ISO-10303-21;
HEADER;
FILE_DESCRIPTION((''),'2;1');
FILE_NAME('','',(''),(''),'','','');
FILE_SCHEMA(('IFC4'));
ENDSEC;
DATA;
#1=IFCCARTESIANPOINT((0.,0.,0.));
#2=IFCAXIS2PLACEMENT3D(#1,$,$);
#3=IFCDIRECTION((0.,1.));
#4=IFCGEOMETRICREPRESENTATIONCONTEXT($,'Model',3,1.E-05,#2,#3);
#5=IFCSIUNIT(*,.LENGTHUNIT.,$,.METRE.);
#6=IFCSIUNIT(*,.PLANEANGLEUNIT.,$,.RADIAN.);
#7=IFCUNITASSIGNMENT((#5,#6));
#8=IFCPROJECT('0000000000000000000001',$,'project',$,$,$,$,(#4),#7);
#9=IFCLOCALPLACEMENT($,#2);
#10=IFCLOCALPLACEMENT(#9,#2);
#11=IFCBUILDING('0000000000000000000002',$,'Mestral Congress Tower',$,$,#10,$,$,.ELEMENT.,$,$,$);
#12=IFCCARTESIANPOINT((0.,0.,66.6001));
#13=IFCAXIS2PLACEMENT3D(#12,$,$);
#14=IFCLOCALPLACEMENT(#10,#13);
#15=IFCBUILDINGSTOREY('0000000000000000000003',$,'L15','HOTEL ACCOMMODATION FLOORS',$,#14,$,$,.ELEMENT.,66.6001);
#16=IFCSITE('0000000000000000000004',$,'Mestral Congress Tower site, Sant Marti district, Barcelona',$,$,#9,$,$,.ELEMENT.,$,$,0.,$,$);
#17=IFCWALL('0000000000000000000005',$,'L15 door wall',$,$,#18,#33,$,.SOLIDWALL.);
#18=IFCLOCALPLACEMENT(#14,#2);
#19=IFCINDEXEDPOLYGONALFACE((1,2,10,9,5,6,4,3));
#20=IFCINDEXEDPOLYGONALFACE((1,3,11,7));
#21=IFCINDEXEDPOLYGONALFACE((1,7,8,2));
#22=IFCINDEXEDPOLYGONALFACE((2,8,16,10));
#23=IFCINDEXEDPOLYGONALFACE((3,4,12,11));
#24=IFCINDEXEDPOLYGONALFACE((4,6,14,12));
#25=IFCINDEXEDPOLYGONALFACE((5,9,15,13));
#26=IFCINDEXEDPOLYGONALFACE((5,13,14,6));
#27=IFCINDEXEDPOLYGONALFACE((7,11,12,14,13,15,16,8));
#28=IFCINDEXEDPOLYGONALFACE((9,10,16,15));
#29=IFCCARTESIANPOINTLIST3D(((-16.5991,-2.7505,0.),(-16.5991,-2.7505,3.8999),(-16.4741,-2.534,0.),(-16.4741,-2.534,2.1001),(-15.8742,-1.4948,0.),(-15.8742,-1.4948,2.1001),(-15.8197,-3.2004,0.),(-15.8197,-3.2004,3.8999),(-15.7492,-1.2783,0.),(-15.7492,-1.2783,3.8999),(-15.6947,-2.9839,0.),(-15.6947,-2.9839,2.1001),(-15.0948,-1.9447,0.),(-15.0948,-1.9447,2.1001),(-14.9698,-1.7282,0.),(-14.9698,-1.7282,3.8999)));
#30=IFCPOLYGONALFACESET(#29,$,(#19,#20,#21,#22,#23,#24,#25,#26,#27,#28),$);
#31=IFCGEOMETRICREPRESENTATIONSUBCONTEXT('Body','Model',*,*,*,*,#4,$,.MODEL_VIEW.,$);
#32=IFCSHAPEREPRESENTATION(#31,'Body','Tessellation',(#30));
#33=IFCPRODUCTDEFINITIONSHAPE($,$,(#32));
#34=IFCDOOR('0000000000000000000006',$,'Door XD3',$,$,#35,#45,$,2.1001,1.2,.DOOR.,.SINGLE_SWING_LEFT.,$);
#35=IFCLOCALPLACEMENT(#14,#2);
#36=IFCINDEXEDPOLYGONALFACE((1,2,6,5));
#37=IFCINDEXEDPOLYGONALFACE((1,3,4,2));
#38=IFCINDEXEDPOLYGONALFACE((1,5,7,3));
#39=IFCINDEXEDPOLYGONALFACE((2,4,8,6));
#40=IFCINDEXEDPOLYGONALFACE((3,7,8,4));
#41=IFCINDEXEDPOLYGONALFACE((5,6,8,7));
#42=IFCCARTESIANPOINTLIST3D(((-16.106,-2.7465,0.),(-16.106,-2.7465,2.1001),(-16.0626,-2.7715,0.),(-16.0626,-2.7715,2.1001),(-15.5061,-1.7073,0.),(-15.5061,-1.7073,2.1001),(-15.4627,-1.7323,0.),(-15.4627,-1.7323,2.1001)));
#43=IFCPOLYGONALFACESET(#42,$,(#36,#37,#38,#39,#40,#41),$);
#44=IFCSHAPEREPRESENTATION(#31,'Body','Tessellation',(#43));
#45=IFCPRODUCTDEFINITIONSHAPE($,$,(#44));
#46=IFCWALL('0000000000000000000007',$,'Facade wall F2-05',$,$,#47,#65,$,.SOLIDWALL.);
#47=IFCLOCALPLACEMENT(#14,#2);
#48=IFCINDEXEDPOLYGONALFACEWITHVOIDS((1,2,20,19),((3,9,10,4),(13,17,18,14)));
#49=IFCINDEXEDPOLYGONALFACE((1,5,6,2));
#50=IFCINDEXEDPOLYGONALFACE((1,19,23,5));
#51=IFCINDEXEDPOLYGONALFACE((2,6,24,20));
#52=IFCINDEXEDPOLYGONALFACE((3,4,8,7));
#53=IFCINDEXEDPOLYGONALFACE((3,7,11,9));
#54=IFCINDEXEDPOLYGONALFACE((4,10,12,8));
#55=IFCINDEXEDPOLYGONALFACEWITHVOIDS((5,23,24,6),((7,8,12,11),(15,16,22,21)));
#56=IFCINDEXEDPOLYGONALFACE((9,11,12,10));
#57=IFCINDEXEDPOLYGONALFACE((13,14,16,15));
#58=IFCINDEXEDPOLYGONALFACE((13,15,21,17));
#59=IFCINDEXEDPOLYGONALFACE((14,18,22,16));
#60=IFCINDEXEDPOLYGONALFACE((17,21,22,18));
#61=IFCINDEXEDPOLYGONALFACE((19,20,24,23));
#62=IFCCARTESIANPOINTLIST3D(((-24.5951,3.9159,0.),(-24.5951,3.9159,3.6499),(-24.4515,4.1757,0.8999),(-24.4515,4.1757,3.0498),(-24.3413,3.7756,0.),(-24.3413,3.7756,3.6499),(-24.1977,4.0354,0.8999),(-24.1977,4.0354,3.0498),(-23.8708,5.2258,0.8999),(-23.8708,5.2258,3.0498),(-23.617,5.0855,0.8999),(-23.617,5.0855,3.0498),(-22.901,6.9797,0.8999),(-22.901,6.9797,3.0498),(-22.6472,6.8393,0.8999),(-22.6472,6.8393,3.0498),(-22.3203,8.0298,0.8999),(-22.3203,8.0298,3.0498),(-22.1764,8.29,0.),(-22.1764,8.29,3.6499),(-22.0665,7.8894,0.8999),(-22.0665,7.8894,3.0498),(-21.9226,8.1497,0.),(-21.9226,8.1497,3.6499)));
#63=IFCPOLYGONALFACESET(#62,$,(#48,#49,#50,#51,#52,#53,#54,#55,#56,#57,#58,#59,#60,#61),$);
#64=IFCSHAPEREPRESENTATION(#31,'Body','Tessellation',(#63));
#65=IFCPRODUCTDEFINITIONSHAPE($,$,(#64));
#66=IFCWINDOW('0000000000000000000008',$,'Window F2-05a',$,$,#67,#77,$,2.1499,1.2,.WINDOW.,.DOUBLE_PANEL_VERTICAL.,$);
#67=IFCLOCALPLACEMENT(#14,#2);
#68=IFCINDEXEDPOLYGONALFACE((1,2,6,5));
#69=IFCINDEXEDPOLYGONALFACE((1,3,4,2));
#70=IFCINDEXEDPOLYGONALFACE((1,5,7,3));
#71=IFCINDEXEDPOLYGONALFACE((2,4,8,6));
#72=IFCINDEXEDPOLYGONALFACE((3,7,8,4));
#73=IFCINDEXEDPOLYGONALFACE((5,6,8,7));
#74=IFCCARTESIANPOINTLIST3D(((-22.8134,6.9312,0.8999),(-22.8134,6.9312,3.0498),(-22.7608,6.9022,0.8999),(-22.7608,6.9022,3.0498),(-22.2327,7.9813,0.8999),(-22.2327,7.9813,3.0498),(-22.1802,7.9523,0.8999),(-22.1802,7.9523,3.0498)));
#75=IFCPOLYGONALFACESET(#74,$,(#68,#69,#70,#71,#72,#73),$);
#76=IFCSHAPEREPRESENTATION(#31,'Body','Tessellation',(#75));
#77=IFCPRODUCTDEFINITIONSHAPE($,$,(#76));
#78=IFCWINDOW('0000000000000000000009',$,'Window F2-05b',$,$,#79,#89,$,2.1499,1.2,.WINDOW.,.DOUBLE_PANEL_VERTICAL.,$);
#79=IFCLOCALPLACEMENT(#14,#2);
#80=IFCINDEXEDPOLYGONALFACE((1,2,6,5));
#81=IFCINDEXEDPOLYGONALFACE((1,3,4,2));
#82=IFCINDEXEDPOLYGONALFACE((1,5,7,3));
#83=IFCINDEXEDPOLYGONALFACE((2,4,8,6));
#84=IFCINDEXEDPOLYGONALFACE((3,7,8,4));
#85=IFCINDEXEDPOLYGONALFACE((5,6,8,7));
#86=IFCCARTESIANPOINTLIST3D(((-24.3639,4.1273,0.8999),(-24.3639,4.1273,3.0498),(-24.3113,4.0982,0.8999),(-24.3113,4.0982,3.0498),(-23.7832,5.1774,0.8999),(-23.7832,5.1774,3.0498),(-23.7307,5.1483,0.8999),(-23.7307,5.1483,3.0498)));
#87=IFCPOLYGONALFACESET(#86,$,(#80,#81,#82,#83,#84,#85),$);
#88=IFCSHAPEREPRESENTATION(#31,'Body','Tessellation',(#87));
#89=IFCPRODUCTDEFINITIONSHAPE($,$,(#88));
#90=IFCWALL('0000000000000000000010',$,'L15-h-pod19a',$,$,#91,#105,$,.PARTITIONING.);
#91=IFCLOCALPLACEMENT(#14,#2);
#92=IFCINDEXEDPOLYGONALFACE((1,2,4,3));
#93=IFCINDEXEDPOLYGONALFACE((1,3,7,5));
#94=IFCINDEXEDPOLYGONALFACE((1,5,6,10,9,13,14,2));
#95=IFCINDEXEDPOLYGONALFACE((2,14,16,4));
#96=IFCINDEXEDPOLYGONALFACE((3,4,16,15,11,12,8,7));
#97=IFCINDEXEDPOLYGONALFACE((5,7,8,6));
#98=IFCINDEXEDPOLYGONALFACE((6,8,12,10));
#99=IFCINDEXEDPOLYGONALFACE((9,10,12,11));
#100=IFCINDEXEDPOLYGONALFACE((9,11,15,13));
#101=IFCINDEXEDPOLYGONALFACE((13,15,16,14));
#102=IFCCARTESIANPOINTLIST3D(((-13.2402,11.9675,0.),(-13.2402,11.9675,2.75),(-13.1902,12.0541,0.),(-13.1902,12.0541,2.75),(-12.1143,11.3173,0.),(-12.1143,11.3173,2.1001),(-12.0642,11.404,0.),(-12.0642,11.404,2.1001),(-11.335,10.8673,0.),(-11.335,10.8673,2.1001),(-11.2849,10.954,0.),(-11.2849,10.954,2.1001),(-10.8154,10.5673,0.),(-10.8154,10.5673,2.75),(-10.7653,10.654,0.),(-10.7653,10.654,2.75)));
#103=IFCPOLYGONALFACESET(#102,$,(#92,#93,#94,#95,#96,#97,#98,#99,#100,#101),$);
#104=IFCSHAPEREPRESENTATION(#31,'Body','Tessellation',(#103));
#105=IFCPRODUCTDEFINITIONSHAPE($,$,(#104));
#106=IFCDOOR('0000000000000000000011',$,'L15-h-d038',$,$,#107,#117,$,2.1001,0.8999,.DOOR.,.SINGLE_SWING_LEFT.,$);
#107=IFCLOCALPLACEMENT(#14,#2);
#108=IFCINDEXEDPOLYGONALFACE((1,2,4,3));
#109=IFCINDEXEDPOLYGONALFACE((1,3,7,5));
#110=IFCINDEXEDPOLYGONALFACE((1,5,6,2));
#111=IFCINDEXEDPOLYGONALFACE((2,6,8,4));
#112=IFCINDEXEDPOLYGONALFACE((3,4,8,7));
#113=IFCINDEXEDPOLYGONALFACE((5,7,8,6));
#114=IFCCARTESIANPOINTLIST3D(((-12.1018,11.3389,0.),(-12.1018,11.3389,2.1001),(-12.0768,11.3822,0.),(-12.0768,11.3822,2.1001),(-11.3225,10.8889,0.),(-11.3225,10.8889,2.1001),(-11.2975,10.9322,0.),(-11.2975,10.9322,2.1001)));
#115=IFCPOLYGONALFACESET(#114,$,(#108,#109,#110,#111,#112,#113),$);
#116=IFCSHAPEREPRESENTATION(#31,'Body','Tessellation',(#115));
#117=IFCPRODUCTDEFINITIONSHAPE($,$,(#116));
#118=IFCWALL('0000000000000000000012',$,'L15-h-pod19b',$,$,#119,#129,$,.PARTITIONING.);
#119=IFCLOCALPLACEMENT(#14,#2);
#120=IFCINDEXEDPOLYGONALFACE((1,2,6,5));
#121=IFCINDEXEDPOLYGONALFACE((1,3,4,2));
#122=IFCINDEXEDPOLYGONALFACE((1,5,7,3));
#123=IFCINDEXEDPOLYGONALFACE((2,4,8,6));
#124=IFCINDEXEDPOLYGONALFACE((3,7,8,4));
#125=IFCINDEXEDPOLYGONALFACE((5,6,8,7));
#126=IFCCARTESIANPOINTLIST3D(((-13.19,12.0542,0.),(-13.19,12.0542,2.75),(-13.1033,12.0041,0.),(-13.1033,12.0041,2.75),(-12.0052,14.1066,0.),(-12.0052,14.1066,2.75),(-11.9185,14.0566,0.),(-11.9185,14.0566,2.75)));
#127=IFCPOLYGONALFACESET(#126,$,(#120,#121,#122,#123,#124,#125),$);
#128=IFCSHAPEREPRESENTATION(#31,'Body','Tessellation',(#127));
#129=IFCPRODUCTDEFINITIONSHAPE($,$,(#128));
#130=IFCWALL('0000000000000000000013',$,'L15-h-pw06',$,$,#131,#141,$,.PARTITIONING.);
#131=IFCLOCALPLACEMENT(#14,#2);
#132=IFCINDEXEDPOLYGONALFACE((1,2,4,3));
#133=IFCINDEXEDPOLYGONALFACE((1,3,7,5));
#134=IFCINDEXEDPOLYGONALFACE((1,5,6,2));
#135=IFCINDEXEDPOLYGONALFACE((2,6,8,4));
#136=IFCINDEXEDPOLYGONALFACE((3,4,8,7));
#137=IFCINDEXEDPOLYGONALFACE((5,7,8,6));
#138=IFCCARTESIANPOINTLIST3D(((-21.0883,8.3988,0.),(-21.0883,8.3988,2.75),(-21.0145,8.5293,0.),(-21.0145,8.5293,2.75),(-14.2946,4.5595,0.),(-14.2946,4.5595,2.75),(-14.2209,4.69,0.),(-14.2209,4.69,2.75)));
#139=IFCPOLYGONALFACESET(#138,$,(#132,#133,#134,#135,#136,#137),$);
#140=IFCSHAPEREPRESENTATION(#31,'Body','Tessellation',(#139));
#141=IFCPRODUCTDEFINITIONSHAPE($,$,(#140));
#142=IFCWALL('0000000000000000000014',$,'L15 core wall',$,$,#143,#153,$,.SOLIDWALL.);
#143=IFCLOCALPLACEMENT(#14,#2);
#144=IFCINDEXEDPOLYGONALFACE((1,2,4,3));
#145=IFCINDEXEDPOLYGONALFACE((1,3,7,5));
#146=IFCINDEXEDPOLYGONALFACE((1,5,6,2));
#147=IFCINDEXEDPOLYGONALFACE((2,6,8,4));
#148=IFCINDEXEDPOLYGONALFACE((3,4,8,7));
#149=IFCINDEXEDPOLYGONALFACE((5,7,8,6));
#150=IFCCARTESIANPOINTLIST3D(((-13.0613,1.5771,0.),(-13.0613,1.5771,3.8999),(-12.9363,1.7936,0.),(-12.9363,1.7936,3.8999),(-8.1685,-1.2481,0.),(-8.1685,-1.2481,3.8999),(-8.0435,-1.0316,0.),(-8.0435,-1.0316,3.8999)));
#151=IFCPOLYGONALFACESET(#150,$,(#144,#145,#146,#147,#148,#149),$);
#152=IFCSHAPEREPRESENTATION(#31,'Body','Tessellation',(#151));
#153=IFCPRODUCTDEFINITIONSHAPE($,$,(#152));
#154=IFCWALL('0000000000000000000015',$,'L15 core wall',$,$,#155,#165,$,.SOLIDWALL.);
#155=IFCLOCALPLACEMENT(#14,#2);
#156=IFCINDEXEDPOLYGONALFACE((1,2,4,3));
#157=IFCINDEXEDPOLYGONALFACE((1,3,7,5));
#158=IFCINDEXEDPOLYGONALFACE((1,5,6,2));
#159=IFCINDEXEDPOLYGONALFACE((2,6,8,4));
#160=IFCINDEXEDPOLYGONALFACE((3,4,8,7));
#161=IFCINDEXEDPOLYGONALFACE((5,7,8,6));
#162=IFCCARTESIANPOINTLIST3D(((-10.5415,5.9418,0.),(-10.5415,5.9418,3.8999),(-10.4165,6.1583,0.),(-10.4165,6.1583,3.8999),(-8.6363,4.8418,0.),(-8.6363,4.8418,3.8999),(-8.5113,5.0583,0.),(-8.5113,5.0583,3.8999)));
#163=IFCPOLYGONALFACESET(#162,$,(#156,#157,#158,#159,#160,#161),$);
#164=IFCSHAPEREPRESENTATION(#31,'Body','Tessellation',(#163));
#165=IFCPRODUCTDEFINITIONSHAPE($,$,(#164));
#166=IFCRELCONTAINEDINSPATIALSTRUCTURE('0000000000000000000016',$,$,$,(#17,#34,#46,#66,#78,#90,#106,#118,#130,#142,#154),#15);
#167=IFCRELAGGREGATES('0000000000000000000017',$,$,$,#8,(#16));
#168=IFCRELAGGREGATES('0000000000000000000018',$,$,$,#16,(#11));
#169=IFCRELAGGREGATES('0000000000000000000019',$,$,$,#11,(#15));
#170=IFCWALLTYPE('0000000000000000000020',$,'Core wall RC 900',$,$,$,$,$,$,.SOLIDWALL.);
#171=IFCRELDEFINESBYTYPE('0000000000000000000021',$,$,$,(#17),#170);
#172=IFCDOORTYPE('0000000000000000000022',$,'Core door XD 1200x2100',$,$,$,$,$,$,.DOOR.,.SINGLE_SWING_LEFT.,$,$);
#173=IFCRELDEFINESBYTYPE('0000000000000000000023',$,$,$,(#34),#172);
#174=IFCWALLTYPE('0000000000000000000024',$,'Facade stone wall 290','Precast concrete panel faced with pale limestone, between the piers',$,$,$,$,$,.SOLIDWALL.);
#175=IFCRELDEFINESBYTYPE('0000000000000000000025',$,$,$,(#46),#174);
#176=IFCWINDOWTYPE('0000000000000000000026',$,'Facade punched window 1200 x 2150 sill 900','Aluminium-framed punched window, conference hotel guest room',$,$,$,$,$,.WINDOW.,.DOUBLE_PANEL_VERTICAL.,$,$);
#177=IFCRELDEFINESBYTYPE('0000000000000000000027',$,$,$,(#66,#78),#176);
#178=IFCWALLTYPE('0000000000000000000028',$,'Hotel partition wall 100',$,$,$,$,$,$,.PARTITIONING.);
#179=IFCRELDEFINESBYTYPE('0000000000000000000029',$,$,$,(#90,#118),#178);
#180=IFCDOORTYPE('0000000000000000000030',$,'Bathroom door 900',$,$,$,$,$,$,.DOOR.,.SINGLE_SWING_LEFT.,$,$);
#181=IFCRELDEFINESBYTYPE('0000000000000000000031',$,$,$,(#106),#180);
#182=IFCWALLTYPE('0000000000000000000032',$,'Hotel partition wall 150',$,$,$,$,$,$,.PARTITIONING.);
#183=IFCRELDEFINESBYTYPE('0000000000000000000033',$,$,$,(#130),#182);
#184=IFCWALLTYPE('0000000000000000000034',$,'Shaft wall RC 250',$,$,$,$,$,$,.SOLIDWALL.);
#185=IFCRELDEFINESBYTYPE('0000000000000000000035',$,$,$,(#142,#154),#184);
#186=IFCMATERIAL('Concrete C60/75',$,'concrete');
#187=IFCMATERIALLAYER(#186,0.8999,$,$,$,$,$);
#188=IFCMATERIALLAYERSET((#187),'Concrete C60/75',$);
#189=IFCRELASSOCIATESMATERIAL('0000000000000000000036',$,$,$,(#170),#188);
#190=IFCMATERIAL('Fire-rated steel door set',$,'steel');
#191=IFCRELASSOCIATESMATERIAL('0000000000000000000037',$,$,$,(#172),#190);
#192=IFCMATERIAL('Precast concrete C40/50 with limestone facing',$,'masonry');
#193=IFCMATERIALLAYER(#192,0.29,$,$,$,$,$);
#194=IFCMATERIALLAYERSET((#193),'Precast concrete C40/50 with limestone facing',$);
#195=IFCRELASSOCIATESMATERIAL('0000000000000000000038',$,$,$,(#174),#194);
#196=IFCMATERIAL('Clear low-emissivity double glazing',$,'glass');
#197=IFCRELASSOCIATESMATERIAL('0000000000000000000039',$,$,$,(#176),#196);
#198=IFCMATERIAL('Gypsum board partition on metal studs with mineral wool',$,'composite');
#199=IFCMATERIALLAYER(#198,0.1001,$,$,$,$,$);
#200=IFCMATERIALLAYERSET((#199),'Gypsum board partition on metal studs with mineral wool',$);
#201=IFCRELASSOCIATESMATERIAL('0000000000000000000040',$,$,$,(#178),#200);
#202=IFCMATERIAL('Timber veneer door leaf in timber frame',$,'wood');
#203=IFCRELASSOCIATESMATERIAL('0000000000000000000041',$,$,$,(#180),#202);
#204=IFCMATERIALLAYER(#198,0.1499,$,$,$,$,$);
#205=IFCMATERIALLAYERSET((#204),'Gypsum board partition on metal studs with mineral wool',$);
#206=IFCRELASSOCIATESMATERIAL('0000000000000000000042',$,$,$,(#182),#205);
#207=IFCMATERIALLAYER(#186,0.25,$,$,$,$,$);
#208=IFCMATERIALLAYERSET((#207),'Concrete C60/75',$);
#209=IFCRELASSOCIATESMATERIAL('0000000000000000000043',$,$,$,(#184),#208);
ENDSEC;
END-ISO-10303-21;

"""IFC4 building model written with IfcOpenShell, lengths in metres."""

from ifc_helpers import new_model, si_unit, direction, frame, frame_2d, origin, place, context, subcontext, project, spatial, rectangle, extrude, material, layer, layer_set, type_object, element, fill, save


model = new_model("IFC4")

# Units and contexts
model_context = context("Model", 3, precision=1e-05, world=origin(), true_north=direction((0.0, 1.0)))
body_context = subcontext(model_context, "Body", "Model", "MODEL_VIEW")
ifc_project = project(units=[si_unit("LENGTHUNIT", "METRE"), si_unit("PLANEANGLEUNIT", "RADIAN")], contexts=[model_context])

# Site, building, storey
site_placement = place(None, origin())
site = spatial("IfcSite", under=ifc_project, at=site_placement, Name="Mestral Congress Tower site, Sant Marti district, Barcelona", CompositionType="ELEMENT", RefElevation=0.0)
building_placement = place(site_placement, origin())
building = spatial("IfcBuilding", under=site, at=building_placement, Name="Mestral Congress Tower", CompositionType="ELEMENT")
storey_placement = place(building_placement, frame((0.0, 0.0, 66.6001)))
storey = spatial("IfcBuildingStorey", under=building, at=storey_placement, Name="L15", Description="HOTEL ACCOMMODATION FLOORS", CompositionType="ELEMENT", Elevation=66.6001)

# Shared definitions
ifc_material_1 = material(Name="Concrete C60/75", Category="concrete")
ifc_layer_1 = layer(ifc_material_1, 0.8999)
ifc_layer_set_1 = layer_set([ifc_layer_1], Name="Concrete C60/75")
wall_type_1 = type_object("IfcWallType", Name="Core wall RC 900", PredefinedType="SOLIDWALL", material=ifc_layer_set_1)

# Wall, opening, door
wall_1_placement = place(storey_placement, frame((-16.2095, -2.9756, 0.0), z_axis=(0.0, 0.0, 1.0), x_axis=(0.499955, 0.866052, 0.0)))
wall_1 = element("IfcWall", 1, at=wall_1_placement, inside=storey, type_object=wall_type_1, Name="L15 door wall", PredefinedType="SOLIDWALL", context=body_context, shape_type="SweptSolid", body=[
    extrude(rectangle(XDim=1.7, YDim=0.8999, at=frame_2d((0.8501, 0.0))), origin(), (0.0, 0.0, 1.0), 3.8999),
])
opening_1_placement = place(wall_1_placement, frame((0.25, 0.0, 0.0)))
opening_1 = element("IfcOpeningElement", 2, at=opening_1_placement, cuts=wall_1, PredefinedType="OPENING", context=body_context, shape_type="SweptSolid", body=[
    extrude(rectangle(XDim=1.2, YDim=2.1001, at=frame_2d((0.6001, 1.05))), frame((0.0, 0.46, 0.0), z_axis=(0.0, -1.0, 0.0), x_axis=(1.0, 0.0, 0.0)), (0.0, 0.0, 1.0), 0.9199),
])
ifc_material_2 = material(Name="Fire-rated steel door set", Category="steel")
door_type_1 = type_object("IfcDoorType", Name="Core door XD 1200x2100", OperationType="SINGLE_SWING_LEFT", PredefinedType="DOOR", material=ifc_material_2)
door_1_placement = place(opening_1_placement, origin())
door_1 = element("IfcDoor", 3, at=door_1_placement, inside=storey, type_object=door_type_1, Name="Door XD3", OperationType="SINGLE_SWING_LEFT", OverallHeight=2.1001, OverallWidth=1.2, PredefinedType="DOOR", context=body_context, shape_type="SweptSolid", body=[
    extrude(rectangle(XDim=1.2, YDim=2.1001, at=frame_2d((0.6001, 1.05))), frame((0.0, 0.0249, 0.0), z_axis=(0.0, -1.0, 0.0), x_axis=(1.0, 0.0, 0.0)), (0.0, 0.0, 1.0), 0.05),
])
fill(opening_1, door_1)

# Wall, openings, windows
ifc_material_3 = material(Name="Precast concrete C40/50 with limestone facing", Category="masonry")
ifc_layer_2 = layer(ifc_material_3, 0.29)
ifc_layer_set_2 = layer_set([ifc_layer_2], Name="Precast concrete C40/50 with limestone facing")
wall_type_2 = type_object("IfcWallType", Name="Facade stone wall 290", Description="Precast concrete panel faced with pale limestone, between the piers", PredefinedType="SOLIDWALL", material=ifc_layer_set_2)
wall_2_placement = place(storey_placement, frame((-22.0496, 8.2197, 0.0), z_axis=(0.0, 0.0, 1.0), x_axis=(-0.483913, -0.875116, 0.0)))
wall_2 = element("IfcWall", 4, at=wall_2_placement, inside=storey, type_object=wall_type_2, Name="Facade wall F2-05", PredefinedType="SOLIDWALL", context=body_context, shape_type="SweptSolid", body=[
    extrude(rectangle(XDim=4.9983, YDim=0.29, at=frame_2d((2.499, 0.0))), origin(), (0.0, 0.0, 1.0), 3.6499),
])
opening_2_placement = place(wall_2_placement, frame((0.2971, 0.0, 0.8999)))
opening_2 = element("IfcOpeningElement", 5, at=opening_2_placement, cuts=wall_2, PredefinedType="OPENING", context=body_context, shape_type="SweptSolid", body=[
    extrude(rectangle(XDim=1.2, YDim=2.1499, at=frame_2d((0.6001, 1.075))), frame((0.0, 0.155, 0.0), z_axis=(0.0, -1.0, 0.0), x_axis=(1.0, 0.0, 0.0)), (0.0, 0.0, 1.0), 0.3101),
])
opening_3_placement = place(wall_2_placement, frame((3.5012, 0.0, 0.8999)))
opening_3 = element("IfcOpeningElement", 6, at=opening_3_placement, cuts=wall_2, PredefinedType="OPENING", context=body_context, shape_type="SweptSolid", body=[
    extrude(rectangle(XDim=1.2, YDim=2.1499, at=frame_2d((0.6001, 1.075))), frame((0.0, 0.155, 0.0), z_axis=(0.0, -1.0, 0.0), x_axis=(1.0, 0.0, 0.0)), (0.0, 0.0, 1.0), 0.3101),
])
ifc_material_4 = material(Name="Clear low-emissivity double glazing", Category="glass")
window_type = type_object("IfcWindowType", Name="Facade punched window 1200 x 2150 sill 900", Description="Aluminium-framed punched window, conference hotel guest room", PartitioningType="DOUBLE_PANEL_VERTICAL", PredefinedType="WINDOW", material=ifc_material_4)
window_1_placement = place(opening_2_placement, origin())
window_1 = element("IfcWindow", 7, at=window_1_placement, inside=storey, type_object=window_type, Name="Window F2-05a", OverallHeight=2.1499, OverallWidth=1.2, PartitioningType="DOUBLE_PANEL_VERTICAL", PredefinedType="WINDOW", context=body_context, shape_type="SweptSolid", body=[
    extrude(rectangle(XDim=1.2, YDim=2.1499, at=frame_2d((0.6001, 1.075))), frame((0.0, 0.0151, 0.0), z_axis=(0.0, -1.0, 0.0), x_axis=(1.0, 0.0, 0.0)), (0.0, 0.0, 1.0), 0.0601),
])
fill(opening_2, window_1)
window_2_placement = place(opening_3_placement, origin())
window_2 = element("IfcWindow", 8, at=window_2_placement, inside=storey, type_object=window_type, Name="Window F2-05b", OverallHeight=2.1499, OverallWidth=1.2, PartitioningType="DOUBLE_PANEL_VERTICAL", PredefinedType="WINDOW", context=body_context, shape_type="SweptSolid", body=[
    extrude(rectangle(XDim=1.2, YDim=2.1499, at=frame_2d((0.6001, 1.075))), frame((0.0, 0.0151, 0.0), z_axis=(0.0, -1.0, 0.0), x_axis=(1.0, 0.0, 0.0)), (0.0, 0.0, 1.0), 0.0601),
])
fill(opening_3, window_2)

# Wall, opening, door
ifc_material_5 = material(Name="Gypsum board partition on metal studs with mineral wool", Category="composite")
ifc_layer_3 = layer(ifc_material_5, 0.1001)
ifc_layer_set_3 = layer_set([ifc_layer_3], Name="Gypsum board partition on metal studs with mineral wool")
wall_type_3 = type_object("IfcWallType", Name="Hotel partition wall 100", PredefinedType="PARTITIONING", material=ifc_layer_set_3)
wall_3_placement = place(storey_placement, frame((-13.2151, 12.0107, 0.0), z_axis=(0.0, 0.0, 1.0), x_axis=(0.865997, -0.50005, 0.0)))
wall_3 = element("IfcWall", 9, at=wall_3_placement, inside=storey, type_object=wall_type_3, Name="L15-h-pod19a", PredefinedType="PARTITIONING", context=body_context, shape_type="SweptSolid", body=[
    extrude(rectangle(XDim=2.8, YDim=0.1001, at=frame_2d((1.3999, 0.0))), origin(), (0.0, 0.0, 1.0), 2.75),
])
opening_4_placement = place(wall_3_placement, frame((1.3, 0.0, 0.0)))
opening_4 = element("IfcOpeningElement", 10, at=opening_4_placement, cuts=wall_3, PredefinedType="OPENING", context=body_context, shape_type="SweptSolid", body=[
    extrude(rectangle(XDim=0.8999, YDim=2.1001, at=frame_2d((0.45, 1.05))), frame((0.0, 0.0601, 0.0), z_axis=(0.0, -1.0, 0.0), x_axis=(1.0, 0.0, 0.0)), (0.0, 0.0, 1.0), 0.1201),
])
ifc_material_6 = material(Name="Timber veneer door leaf in timber frame", Category="wood")
door_type_2 = type_object("IfcDoorType", Name="Bathroom door 900", OperationType="SINGLE_SWING_LEFT", PredefinedType="DOOR", material=ifc_material_6)
door_2_placement = place(opening_4_placement, origin())
door_2 = element("IfcDoor", 11, at=door_2_placement, inside=storey, type_object=door_type_2, Name="L15-h-d038", OperationType="SINGLE_SWING_LEFT", OverallHeight=2.1001, OverallWidth=0.8999, PredefinedType="DOOR", context=body_context, shape_type="SweptSolid", body=[
    extrude(rectangle(XDim=0.8999, YDim=2.1001, at=frame_2d((0.45, 1.05))), frame((0.0, 0.0249, 0.0), z_axis=(0.0, -1.0, 0.0), x_axis=(1.0, 0.0, 0.0)), (0.0, 0.0, 1.0), 0.05),
])
fill(opening_4, door_2)

# Walls
wall_4_placement = place(storey_placement, frame((-13.1467, 12.0291, 0.0), z_axis=(0.0, 0.0, 1.0), x_axis=(0.499939, 0.86606, 0.0)))
element("IfcWall", 12, at=wall_4_placement, inside=storey, type_object=wall_type_3, Name="L15-h-pod19b", PredefinedType="PARTITIONING", context=body_context, shape_type="SweptSolid", body=[
    extrude(rectangle(XDim=2.3699, YDim=0.1001, at=frame_2d((1.1851, 0.0))), origin(), (0.0, 0.0, 1.0), 2.75),
])
ifc_layer_4 = layer(ifc_material_5, 0.1499)
ifc_layer_set_4 = layer_set([ifc_layer_4], Name="Gypsum board partition on metal studs with mineral wool")
wall_type_4 = type_object("IfcWallType", Name="Hotel partition wall 150", PredefinedType="PARTITIONING", material=ifc_layer_set_4)
wall_5_placement = place(storey_placement, frame((-21.0515, 8.4641, 0.0), z_axis=(0.0, 0.0, 1.0), x_axis=(0.870594, -0.492003, 0.0)))
element("IfcWall", 13, at=wall_5_placement, inside=storey, type_object=wall_type_4, Name="L15-h-pw06", PredefinedType="PARTITIONING", context=body_context, shape_type="SweptSolid", body=[
    extrude(rectangle(XDim=7.8035, YDim=0.1499, at=frame_2d((3.9019, 0.0))), origin(), (0.0, 0.0, 1.0), 2.75),
])
ifc_layer_5 = layer(ifc_material_1, 0.25)
ifc_layer_set_5 = layer_set([ifc_layer_5], Name="Concrete C60/75")
wall_type_5 = type_object("IfcWallType", Name="Shaft wall RC 250", PredefinedType="SOLIDWALL", material=ifc_layer_set_5)
wall_6_placement = place(storey_placement, frame((-8.106, -1.1399, 0.0), z_axis=(0.0, 0.0, 1.0), x_axis=(-0.866001, 0.500043, 0.0)))
element("IfcWall", 14, at=wall_6_placement, inside=storey, type_object=wall_type_5, Name="L15 core wall", PredefinedType="SOLIDWALL", context=body_context, shape_type="SweptSolid", body=[
    extrude(rectangle(XDim=5.6499, YDim=0.25, at=frame_2d((2.825, 0.0))), origin(), (0.0, 0.0, 1.0), 3.8999),
])
wall_7_placement = place(storey_placement, frame((-8.5737, 4.95, 0.0), z_axis=(0.0, 0.0, 1.0), x_axis=(-0.866008, 0.50003, 0.0)))
element("IfcWall", 15, at=wall_7_placement, inside=storey, type_object=wall_type_5, Name="L15 core wall", PredefinedType="SOLIDWALL", context=body_context, shape_type="SweptSolid", body=[
    extrude(rectangle(XDim=2.2, YDim=0.25, at=frame_2d((1.1001, 0.0))), origin(), (0.0, 0.0, 1.0), 3.8999),
])

save(model, "model.ifc")
